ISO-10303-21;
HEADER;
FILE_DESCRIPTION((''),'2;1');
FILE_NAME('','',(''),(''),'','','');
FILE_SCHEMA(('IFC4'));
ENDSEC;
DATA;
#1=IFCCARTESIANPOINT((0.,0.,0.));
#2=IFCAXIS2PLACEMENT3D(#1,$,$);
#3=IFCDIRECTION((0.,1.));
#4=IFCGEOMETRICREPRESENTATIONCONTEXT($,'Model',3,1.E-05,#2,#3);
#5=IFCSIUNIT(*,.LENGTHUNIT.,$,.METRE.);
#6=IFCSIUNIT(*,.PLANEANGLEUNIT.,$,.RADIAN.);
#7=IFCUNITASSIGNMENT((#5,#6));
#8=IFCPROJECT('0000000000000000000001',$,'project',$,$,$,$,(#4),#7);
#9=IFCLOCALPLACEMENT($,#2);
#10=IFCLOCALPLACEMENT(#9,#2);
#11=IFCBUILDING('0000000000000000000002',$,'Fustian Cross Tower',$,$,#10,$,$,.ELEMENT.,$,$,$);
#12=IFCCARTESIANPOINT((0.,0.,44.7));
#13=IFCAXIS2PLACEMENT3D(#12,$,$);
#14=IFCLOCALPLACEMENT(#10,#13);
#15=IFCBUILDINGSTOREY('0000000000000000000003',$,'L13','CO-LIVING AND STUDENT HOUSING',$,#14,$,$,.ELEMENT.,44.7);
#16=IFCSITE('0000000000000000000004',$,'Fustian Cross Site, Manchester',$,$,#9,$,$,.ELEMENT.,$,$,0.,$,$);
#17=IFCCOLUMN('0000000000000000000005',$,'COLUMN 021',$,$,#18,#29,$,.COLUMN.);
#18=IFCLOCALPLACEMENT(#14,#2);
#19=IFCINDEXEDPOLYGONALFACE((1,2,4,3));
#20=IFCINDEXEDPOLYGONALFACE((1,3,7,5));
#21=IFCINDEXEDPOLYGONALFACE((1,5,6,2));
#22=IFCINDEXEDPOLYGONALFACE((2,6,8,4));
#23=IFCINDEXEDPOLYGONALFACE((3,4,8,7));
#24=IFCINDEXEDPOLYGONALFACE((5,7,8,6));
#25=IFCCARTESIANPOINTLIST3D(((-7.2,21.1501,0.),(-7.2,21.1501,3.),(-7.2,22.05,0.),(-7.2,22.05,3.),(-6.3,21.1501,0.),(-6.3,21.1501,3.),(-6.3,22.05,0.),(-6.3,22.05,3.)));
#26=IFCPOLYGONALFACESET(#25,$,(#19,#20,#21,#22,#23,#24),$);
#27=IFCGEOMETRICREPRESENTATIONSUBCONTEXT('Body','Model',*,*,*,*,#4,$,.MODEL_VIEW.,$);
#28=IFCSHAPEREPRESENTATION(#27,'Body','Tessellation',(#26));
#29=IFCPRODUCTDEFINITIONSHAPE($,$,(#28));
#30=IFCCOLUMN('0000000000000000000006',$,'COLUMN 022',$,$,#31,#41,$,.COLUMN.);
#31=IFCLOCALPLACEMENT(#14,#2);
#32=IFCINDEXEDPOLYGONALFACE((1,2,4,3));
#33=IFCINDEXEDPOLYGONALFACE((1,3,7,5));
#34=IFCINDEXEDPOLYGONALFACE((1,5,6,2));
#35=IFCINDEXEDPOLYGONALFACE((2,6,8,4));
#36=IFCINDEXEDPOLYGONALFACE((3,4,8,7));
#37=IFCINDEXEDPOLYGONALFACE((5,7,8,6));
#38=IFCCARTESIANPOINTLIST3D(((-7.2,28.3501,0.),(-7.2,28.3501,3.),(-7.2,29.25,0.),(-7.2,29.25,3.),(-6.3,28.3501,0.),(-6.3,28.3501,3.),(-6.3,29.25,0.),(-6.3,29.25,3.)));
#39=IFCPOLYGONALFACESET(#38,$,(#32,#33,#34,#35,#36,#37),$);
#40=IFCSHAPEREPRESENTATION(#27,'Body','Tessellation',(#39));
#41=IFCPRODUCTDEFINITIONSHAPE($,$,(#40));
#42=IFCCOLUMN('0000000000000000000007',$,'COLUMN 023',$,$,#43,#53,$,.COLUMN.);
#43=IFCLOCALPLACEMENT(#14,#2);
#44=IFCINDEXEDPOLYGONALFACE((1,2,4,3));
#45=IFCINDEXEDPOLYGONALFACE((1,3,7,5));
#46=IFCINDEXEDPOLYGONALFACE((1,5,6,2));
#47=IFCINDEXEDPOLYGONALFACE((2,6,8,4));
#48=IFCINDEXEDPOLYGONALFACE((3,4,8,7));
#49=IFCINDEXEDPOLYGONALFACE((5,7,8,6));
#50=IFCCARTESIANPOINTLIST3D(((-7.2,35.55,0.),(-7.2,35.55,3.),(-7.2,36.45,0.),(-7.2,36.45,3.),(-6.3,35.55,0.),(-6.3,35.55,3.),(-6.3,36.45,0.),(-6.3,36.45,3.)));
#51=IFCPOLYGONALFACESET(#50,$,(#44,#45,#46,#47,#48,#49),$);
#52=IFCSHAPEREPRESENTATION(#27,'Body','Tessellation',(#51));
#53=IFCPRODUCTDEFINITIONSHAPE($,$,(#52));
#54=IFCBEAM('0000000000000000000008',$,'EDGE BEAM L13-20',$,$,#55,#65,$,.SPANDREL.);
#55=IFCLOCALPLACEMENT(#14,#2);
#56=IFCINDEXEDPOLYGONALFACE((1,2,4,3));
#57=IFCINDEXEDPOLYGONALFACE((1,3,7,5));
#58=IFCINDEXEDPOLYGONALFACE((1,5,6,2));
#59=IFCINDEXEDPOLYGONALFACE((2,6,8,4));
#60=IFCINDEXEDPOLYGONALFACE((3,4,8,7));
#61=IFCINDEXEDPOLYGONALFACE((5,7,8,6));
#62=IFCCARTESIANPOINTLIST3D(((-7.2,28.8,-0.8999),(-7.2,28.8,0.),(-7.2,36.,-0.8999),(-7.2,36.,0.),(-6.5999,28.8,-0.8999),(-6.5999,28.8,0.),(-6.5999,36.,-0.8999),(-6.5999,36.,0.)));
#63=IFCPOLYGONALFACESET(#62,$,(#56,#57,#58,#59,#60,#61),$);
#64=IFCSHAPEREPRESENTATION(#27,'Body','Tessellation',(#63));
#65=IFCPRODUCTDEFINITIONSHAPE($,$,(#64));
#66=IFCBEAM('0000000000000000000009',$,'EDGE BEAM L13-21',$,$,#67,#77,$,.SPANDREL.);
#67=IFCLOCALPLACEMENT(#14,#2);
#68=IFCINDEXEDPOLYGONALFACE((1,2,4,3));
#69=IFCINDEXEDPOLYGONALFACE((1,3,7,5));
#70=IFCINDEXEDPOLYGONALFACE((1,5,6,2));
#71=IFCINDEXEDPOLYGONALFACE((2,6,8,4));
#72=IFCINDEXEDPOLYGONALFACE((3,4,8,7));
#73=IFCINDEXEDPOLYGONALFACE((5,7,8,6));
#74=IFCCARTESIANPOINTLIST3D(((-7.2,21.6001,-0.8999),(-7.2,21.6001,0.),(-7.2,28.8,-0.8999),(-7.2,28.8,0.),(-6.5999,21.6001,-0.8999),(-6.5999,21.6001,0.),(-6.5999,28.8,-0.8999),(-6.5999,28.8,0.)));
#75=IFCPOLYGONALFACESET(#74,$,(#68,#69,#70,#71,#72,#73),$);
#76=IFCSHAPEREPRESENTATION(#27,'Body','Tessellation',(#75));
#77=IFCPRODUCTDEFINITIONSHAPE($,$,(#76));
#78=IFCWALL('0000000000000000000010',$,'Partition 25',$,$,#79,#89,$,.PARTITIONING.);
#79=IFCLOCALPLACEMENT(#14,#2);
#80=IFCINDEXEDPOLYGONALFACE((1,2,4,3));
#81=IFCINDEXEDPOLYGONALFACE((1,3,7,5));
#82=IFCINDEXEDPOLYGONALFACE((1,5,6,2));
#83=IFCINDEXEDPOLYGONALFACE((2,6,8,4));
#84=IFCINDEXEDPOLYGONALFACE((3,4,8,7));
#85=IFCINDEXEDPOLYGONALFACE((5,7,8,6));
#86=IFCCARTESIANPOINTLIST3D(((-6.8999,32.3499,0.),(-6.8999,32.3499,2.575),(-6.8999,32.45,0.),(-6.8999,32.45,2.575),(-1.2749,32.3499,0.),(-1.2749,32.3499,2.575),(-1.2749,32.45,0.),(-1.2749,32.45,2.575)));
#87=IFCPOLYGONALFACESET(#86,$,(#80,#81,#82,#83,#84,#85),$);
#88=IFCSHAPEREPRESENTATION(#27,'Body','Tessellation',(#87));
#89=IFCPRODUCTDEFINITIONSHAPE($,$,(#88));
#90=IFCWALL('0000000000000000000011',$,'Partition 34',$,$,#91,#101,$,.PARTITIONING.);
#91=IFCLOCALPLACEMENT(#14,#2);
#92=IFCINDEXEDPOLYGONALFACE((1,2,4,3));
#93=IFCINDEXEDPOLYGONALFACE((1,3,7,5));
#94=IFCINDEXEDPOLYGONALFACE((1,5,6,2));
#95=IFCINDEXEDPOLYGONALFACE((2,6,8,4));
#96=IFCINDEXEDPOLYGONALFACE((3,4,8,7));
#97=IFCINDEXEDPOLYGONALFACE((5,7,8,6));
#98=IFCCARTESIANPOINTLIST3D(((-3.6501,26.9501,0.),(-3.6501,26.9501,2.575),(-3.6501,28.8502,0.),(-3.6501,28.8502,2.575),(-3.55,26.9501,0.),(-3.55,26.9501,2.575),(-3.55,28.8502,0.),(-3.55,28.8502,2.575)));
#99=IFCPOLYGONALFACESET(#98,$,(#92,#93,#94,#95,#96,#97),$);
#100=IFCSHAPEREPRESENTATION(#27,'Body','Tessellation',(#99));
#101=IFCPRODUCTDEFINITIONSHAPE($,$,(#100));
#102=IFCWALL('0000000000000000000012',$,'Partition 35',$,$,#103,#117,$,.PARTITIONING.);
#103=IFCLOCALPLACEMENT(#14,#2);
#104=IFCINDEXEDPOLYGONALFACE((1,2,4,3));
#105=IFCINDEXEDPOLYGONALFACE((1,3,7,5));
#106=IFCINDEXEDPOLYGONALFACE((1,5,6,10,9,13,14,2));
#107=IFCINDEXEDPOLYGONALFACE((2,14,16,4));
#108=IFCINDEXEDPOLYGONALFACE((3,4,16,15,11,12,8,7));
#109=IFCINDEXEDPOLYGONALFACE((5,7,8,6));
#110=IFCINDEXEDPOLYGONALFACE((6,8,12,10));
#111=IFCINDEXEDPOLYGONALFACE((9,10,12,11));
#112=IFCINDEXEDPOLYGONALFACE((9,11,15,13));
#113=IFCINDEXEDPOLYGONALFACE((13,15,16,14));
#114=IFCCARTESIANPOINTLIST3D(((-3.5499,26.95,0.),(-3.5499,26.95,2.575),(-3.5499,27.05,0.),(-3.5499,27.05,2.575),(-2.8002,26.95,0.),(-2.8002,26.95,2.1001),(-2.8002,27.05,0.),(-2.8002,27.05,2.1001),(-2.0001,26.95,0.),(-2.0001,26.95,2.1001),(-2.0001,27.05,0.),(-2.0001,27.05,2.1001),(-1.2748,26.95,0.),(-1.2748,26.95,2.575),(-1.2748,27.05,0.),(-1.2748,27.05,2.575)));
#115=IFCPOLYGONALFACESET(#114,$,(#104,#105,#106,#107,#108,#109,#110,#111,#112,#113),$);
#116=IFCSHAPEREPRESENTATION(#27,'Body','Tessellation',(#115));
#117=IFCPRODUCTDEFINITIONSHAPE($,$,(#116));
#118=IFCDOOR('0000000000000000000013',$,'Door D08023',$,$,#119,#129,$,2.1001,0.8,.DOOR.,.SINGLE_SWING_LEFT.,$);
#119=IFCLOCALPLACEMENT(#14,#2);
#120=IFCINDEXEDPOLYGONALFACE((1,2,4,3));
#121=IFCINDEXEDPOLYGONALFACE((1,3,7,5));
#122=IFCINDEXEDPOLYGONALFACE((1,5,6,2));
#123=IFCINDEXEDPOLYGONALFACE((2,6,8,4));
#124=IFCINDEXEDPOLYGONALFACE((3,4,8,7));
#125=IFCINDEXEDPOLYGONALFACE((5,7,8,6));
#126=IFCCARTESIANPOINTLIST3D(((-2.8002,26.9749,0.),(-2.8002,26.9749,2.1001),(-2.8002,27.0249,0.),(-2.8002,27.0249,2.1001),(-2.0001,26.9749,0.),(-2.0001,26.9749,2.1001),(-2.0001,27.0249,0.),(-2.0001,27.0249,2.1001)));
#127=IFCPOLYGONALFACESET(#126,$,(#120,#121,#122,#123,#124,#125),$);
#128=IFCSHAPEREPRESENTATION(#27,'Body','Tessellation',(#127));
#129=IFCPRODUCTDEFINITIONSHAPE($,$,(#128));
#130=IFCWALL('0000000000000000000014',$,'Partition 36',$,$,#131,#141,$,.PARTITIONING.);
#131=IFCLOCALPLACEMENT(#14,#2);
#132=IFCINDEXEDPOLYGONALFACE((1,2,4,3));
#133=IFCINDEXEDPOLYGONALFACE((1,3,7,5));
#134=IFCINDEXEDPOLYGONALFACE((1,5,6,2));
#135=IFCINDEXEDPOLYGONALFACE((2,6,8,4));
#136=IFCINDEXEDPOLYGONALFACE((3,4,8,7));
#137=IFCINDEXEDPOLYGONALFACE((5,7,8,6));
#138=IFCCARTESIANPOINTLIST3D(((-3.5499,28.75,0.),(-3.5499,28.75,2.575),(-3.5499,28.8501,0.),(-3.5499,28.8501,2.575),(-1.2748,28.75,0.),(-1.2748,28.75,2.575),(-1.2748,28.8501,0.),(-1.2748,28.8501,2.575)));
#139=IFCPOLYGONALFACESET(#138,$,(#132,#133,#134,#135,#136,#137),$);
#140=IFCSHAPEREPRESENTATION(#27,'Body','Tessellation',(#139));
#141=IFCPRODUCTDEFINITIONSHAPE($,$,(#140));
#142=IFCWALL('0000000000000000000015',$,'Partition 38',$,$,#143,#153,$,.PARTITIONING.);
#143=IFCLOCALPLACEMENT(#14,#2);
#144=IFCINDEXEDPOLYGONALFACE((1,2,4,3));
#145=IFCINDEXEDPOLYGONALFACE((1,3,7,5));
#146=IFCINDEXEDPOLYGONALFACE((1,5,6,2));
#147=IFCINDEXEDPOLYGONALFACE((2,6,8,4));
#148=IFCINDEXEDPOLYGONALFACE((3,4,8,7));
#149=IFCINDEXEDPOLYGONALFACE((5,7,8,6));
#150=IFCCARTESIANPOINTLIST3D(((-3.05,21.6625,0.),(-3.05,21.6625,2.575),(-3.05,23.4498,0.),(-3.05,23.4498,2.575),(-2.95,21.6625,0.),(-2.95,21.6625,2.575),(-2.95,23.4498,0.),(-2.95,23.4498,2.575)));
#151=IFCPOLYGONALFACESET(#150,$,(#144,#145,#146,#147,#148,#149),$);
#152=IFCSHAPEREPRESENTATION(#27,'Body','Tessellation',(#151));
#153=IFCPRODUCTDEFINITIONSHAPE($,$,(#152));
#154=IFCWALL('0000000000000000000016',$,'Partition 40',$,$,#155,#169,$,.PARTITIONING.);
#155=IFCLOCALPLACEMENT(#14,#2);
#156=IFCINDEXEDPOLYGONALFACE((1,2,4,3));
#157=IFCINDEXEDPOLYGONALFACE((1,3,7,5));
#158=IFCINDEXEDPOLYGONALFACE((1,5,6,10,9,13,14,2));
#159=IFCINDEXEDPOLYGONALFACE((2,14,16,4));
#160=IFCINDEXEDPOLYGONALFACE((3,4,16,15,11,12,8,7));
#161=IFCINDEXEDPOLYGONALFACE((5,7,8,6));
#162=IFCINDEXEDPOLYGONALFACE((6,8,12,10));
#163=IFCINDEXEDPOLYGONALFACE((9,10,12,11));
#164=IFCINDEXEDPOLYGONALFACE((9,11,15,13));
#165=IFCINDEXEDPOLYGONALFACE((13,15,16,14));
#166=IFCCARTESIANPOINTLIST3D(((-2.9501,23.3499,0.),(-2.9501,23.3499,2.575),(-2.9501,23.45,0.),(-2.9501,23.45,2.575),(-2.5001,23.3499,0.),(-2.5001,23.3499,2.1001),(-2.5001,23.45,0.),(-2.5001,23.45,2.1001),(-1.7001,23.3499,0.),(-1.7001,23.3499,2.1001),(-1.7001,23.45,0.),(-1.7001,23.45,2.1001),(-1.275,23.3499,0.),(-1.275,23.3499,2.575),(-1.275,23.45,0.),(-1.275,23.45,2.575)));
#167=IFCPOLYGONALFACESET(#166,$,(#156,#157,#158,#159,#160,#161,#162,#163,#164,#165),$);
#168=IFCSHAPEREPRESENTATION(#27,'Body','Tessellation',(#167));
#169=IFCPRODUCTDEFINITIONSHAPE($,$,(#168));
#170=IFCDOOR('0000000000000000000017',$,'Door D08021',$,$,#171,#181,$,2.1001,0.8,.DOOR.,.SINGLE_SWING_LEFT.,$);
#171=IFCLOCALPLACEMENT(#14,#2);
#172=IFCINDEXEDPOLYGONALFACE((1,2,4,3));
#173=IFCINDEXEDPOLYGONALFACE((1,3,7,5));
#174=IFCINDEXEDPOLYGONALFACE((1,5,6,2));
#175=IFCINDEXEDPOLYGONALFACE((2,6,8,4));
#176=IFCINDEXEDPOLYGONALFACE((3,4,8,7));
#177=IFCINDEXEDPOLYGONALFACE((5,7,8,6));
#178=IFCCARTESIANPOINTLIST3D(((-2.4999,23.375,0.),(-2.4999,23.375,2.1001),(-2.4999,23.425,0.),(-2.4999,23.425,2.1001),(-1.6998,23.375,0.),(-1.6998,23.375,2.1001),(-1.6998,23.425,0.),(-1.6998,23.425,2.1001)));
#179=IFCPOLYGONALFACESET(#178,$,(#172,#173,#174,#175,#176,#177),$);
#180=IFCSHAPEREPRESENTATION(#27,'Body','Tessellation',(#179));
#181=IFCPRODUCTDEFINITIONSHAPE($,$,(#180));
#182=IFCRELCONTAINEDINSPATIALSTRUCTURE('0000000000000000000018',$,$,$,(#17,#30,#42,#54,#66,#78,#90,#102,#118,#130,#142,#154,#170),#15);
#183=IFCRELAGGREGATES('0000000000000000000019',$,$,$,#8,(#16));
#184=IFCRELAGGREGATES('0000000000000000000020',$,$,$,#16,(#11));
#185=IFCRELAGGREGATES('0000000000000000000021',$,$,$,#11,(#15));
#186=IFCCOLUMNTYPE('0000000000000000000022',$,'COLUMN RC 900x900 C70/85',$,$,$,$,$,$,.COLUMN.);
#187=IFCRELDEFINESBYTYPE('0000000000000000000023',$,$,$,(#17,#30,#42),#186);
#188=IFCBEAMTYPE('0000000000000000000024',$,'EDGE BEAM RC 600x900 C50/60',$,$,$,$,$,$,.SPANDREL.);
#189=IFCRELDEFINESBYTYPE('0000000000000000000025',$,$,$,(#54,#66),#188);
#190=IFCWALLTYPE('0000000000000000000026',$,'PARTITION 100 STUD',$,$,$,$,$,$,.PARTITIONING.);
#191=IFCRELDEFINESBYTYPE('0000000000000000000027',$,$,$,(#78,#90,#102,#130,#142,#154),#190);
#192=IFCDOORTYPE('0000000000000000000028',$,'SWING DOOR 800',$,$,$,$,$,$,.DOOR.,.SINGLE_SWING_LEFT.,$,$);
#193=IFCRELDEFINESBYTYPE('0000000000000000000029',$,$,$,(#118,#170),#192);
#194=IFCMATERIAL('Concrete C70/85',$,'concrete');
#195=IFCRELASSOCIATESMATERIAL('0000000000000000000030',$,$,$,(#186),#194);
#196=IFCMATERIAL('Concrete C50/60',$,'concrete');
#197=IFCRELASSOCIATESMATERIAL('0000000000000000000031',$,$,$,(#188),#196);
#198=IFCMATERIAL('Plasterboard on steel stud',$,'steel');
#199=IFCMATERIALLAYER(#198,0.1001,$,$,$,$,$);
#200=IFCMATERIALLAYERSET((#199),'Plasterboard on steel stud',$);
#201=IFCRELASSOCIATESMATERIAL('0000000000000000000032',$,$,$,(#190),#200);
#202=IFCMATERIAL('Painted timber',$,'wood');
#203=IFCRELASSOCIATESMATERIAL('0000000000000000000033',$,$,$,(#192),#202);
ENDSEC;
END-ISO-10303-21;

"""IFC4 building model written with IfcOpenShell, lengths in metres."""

from ifc_helpers import new_model, si_unit, direction, frame, frame_2d, origin, origin_2d, place, context, subcontext, project, spatial, rectangle, extrude, material, layer, layer_set, material_profile, profile_set, type_object, element, fill, save


model = new_model("IFC4")

# Units and contexts
model_context = context("Model", 3, precision=1e-05, world=origin(), true_north=direction((0.0, 1.0)))
body_context = subcontext(model_context, "Body", "Model", "MODEL_VIEW")
ifc_project = project(units=[si_unit("LENGTHUNIT", "METRE"), si_unit("PLANEANGLEUNIT", "RADIAN")], contexts=[model_context])

# Site, building, storey
site_placement = place(None, origin())
site = spatial("IfcSite", under=ifc_project, at=site_placement, Name="Fustian Cross Site, Manchester", CompositionType="ELEMENT", RefElevation=0.0)
building_placement = place(site_placement, origin())
building = spatial("IfcBuilding", under=site, at=building_placement, Name="Fustian Cross Tower", CompositionType="ELEMENT")
storey_placement = place(building_placement, frame((0.0, 0.0, 44.7)))
storey = spatial("IfcBuildingStorey", under=building, at=storey_placement, Name="L13", Description="CO-LIVING AND STUDENT HOUSING", CompositionType="ELEMENT", Elevation=44.7)

# Columns
ifc_material_1 = material(Name="Concrete C70/85", Category="concrete")
ifc_material_profile_1 = material_profile(ifc_material_1, rectangle(XDim=0.8999, YDim=0.8999, at=origin_2d()), Name="RC 900x900")
ifc_profile_set_1 = profile_set([ifc_material_profile_1], Name="Concrete C70/85")
column_type = type_object("IfcColumnType", Name="COLUMN RC 900x900 C70/85", PredefinedType="COLUMN", material=ifc_profile_set_1)
for number, where, z_axis, x_axis, name in (
    (1, (-6.75, 21.6001, 0.0), (0.0, 0.0, 1.0), (1.0, 0.0, 0.0), "COLUMN 021"),
    (2, (-6.75, 28.8, 0.0), (0.0, 0.0, 1.0), (1.0, 0.0, 0.0), "COLUMN 022"),
    (3, (-6.75, 36.0, 0.0), (0.0, 0.0, 1.0), (1.0, 0.0, 0.0), "COLUMN 023"),
):
    element("IfcColumn", number, at=place(storey_placement, frame(where, z_axis=z_axis, x_axis=x_axis)), inside=storey, type_object=column_type, Name=name, PredefinedType="COLUMN", context=body_context, shape_type="SweptSolid", body=[
        extrude(rectangle(XDim=0.8999, YDim=0.8999, at=origin_2d()), origin(), (0.0, 0.0, 1.0), 3.0),
    ])

# Beams
ifc_material_2 = material(Name="Concrete C50/60", Category="concrete")
ifc_material_profile_2 = material_profile(ifc_material_2, rectangle(XDim=0.6001, YDim=0.8999, at=origin_2d()), Name="RC 600x900")
ifc_profile_set_2 = profile_set([ifc_material_profile_2], Name="Concrete C50/60")
beam_type = type_object("IfcBeamType", Name="EDGE BEAM RC 600x900 C50/60", PredefinedType="SPANDREL", material=ifc_profile_set_2)
for number, where, z_axis, x_axis, name in (
    (4, (-6.8999, 36.0, -0.45), (0.0, -1.0, 0.0), (1.0, 0.0, 0.0), "EDGE BEAM L13-20"),
    (5, (-6.8999, 28.8, -0.45), (0.0, -1.0, 0.0), (1.0, 0.0, 0.0), "EDGE BEAM L13-21"),
):
    element("IfcBeam", number, at=place(storey_placement, frame(where, z_axis=z_axis, x_axis=x_axis)), inside=storey, type_object=beam_type, Name=name, PredefinedType="SPANDREL", context=body_context, shape_type="SweptSolid", body=[
        extrude(rectangle(XDim=0.6001, YDim=0.8999, at=origin_2d()), origin(), (0.0, 0.0, 1.0), 7.2),
    ])

# Walls
ifc_material_3 = material(Name="Plasterboard on steel stud", Category="steel")
ifc_layer_1 = layer(ifc_material_3, 0.1001)
ifc_layer_set_1 = layer_set([ifc_layer_1], Name="Plasterboard on steel stud")
wall_type_1 = type_object("IfcWallType", Name="PARTITION 100 STUD", PredefinedType="PARTITIONING", material=ifc_layer_set_1)
wall_1_placement = place(storey_placement, frame((-6.8999, 32.3999, 0.0), z_axis=(0.0, 0.0, 1.0), x_axis=(1.0, 0.0, 0.0)))
element("IfcWall", 6, at=wall_1_placement, inside=storey, type_object=wall_type_1, Name="Partition 25", PredefinedType="PARTITIONING", context=body_context, shape_type="SweptSolid", body=[
    extrude(rectangle(XDim=5.625, YDim=0.1001, at=frame_2d((2.8125, 0.0))), origin(), (0.0, 0.0, 1.0), 2.575),
])
wall_2_placement = place(storey_placement, frame((-3.6001, 26.95, 0.0), z_axis=(0.0, 0.0, 1.0), x_axis=(0.0, 1.0, 0.0)))
element("IfcWall", 7, at=wall_2_placement, inside=storey, type_object=wall_type_1, Name="Partition 34", PredefinedType="PARTITIONING", context=body_context, shape_type="SweptSolid", body=[
    extrude(rectangle(XDim=1.9001, YDim=0.1001, at=frame_2d((0.9502, 0.0))), origin(), (0.0, 0.0, 1.0), 2.575),
])

# Wall, opening, door
wall_3_placement = place(storey_placement, frame((-3.55, 27.0, 0.0), z_axis=(0.0, 0.0, 1.0), x_axis=(1.0, 0.0, 0.0)))
wall_3 = element("IfcWall", 8, at=wall_3_placement, inside=storey, type_object=wall_type_1, Name="Partition 35", PredefinedType="PARTITIONING", context=body_context, shape_type="SweptSolid", body=[
    extrude(rectangle(XDim=2.2751, YDim=0.1001, at=frame_2d((1.1377, 0.0))), origin(), (0.0, 0.0, 1.0), 2.575),
])
opening_1_placement = place(wall_3_placement, frame((0.75, 0.0, 0.0)))
opening_1 = element("IfcOpeningElement", 9, at=opening_1_placement, cuts=wall_3, PredefinedType="OPENING", context=body_context, shape_type="SweptSolid", body=[
    extrude(rectangle(XDim=0.8, YDim=2.1001, at=frame_2d((0.3999, 1.05))), frame((0.0, 0.0601, 0.0), z_axis=(0.0, -1.0, 0.0), x_axis=(1.0, 0.0, 0.0)), (0.0, 0.0, 1.0), 0.1201),
])
ifc_material_4 = material(Name="Painted timber", Category="wood")
door_type_1 = type_object("IfcDoorType", Name="SWING DOOR 800", OperationType="SINGLE_SWING_LEFT", PredefinedType="DOOR", material=ifc_material_4)
door_1_placement = place(opening_1_placement, origin())
door_1 = element("IfcDoor", 10, at=door_1_placement, inside=storey, type_object=door_type_1, Name="Door D08023", OperationType="SINGLE_SWING_LEFT", OverallHeight=2.1001, OverallWidth=0.8, PredefinedType="DOOR", context=body_context, shape_type="SweptSolid", body=[
    extrude(rectangle(XDim=0.8, YDim=2.1001, at=frame_2d((0.3999, 1.05))), frame((0.0, 0.0249, 0.0), z_axis=(0.0, -1.0, 0.0), x_axis=(1.0, 0.0, 0.0)), (0.0, 0.0, 1.0), 0.05),
])
fill(opening_1, door_1)

# Walls
wall_4_placement = place(storey_placement, frame((-3.55, 28.8, 0.0), z_axis=(0.0, 0.0, 1.0), x_axis=(1.0, 0.0, 0.0)))
element("IfcWall", 11, at=wall_4_placement, inside=storey, type_object=wall_type_1, Name="Partition 36", PredefinedType="PARTITIONING", context=body_context, shape_type="SweptSolid", body=[
    extrude(rectangle(XDim=2.2751, YDim=0.1001, at=frame_2d((1.1377, 0.0))), origin(), (0.0, 0.0, 1.0), 2.575),
])
wall_5_placement = place(storey_placement, frame((-3.0, 21.6626, 0.0), z_axis=(0.0, 0.0, 1.0), x_axis=(0.0, 1.0, 0.0)))
element("IfcWall", 12, at=wall_5_placement, inside=storey, type_object=wall_type_1, Name="Partition 38", PredefinedType="PARTITIONING", context=body_context, shape_type="SweptSolid", body=[
    extrude(rectangle(XDim=1.7874, YDim=0.1001, at=frame_2d((0.8936, 0.0))), origin(), (0.0, 0.0, 1.0), 2.575),
])

# Wall, opening, door
wall_6_placement = place(storey_placement, frame((-2.95, 23.3999, 0.0), z_axis=(0.0, 0.0, 1.0), x_axis=(1.0, 0.0, 0.0)))
wall_6 = element("IfcWall", 13, at=wall_6_placement, inside=storey, type_object=wall_type_1, Name="Partition 40", PredefinedType="PARTITIONING", context=body_context, shape_type="SweptSolid", body=[
    extrude(rectangle(XDim=1.675, YDim=0.1001, at=frame_2d((0.8374, 0.0))), origin(), (0.0, 0.0, 1.0), 2.575),
])
opening_2_placement = place(wall_6_placement, frame((0.45, 0.0, 0.0)))
opening_2 = element("IfcOpeningElement", 14, at=opening_2_placement, cuts=wall_6, PredefinedType="OPENING", context=body_context, shape_type="SweptSolid", body=[
    extrude(rectangle(XDim=0.8, YDim=2.1001, at=frame_2d((0.3999, 1.05))), frame((0.0, 0.0601, 0.0), z_axis=(0.0, -1.0, 0.0), x_axis=(1.0, 0.0, 0.0)), (0.0, 0.0, 1.0), 0.1201),
])
door_2_placement = place(opening_2_placement, frame((0.8, 0.0, 0.0), z_axis=(0.0, 0.0, 1.0), x_axis=(-1.0, 0.0, 0.0)))
door_2 = element("IfcDoor", 15, at=door_2_placement, inside=storey, type_object=door_type_1, Name="Door D08021", OperationType="SINGLE_SWING_LEFT", OverallHeight=2.1001, OverallWidth=0.8, PredefinedType="DOOR", context=body_context, shape_type="SweptSolid", body=[
    extrude(rectangle(XDim=0.8, YDim=2.1001, at=frame_2d((0.3999, 1.05))), frame((0.0, 0.0249, 0.0), z_axis=(0.0, -1.0, 0.0), x_axis=(1.0, 0.0, 0.0)), (0.0, 0.0, 1.0), 0.05),
])
fill(opening_2, door_2)

save(model, "model.ifc")
